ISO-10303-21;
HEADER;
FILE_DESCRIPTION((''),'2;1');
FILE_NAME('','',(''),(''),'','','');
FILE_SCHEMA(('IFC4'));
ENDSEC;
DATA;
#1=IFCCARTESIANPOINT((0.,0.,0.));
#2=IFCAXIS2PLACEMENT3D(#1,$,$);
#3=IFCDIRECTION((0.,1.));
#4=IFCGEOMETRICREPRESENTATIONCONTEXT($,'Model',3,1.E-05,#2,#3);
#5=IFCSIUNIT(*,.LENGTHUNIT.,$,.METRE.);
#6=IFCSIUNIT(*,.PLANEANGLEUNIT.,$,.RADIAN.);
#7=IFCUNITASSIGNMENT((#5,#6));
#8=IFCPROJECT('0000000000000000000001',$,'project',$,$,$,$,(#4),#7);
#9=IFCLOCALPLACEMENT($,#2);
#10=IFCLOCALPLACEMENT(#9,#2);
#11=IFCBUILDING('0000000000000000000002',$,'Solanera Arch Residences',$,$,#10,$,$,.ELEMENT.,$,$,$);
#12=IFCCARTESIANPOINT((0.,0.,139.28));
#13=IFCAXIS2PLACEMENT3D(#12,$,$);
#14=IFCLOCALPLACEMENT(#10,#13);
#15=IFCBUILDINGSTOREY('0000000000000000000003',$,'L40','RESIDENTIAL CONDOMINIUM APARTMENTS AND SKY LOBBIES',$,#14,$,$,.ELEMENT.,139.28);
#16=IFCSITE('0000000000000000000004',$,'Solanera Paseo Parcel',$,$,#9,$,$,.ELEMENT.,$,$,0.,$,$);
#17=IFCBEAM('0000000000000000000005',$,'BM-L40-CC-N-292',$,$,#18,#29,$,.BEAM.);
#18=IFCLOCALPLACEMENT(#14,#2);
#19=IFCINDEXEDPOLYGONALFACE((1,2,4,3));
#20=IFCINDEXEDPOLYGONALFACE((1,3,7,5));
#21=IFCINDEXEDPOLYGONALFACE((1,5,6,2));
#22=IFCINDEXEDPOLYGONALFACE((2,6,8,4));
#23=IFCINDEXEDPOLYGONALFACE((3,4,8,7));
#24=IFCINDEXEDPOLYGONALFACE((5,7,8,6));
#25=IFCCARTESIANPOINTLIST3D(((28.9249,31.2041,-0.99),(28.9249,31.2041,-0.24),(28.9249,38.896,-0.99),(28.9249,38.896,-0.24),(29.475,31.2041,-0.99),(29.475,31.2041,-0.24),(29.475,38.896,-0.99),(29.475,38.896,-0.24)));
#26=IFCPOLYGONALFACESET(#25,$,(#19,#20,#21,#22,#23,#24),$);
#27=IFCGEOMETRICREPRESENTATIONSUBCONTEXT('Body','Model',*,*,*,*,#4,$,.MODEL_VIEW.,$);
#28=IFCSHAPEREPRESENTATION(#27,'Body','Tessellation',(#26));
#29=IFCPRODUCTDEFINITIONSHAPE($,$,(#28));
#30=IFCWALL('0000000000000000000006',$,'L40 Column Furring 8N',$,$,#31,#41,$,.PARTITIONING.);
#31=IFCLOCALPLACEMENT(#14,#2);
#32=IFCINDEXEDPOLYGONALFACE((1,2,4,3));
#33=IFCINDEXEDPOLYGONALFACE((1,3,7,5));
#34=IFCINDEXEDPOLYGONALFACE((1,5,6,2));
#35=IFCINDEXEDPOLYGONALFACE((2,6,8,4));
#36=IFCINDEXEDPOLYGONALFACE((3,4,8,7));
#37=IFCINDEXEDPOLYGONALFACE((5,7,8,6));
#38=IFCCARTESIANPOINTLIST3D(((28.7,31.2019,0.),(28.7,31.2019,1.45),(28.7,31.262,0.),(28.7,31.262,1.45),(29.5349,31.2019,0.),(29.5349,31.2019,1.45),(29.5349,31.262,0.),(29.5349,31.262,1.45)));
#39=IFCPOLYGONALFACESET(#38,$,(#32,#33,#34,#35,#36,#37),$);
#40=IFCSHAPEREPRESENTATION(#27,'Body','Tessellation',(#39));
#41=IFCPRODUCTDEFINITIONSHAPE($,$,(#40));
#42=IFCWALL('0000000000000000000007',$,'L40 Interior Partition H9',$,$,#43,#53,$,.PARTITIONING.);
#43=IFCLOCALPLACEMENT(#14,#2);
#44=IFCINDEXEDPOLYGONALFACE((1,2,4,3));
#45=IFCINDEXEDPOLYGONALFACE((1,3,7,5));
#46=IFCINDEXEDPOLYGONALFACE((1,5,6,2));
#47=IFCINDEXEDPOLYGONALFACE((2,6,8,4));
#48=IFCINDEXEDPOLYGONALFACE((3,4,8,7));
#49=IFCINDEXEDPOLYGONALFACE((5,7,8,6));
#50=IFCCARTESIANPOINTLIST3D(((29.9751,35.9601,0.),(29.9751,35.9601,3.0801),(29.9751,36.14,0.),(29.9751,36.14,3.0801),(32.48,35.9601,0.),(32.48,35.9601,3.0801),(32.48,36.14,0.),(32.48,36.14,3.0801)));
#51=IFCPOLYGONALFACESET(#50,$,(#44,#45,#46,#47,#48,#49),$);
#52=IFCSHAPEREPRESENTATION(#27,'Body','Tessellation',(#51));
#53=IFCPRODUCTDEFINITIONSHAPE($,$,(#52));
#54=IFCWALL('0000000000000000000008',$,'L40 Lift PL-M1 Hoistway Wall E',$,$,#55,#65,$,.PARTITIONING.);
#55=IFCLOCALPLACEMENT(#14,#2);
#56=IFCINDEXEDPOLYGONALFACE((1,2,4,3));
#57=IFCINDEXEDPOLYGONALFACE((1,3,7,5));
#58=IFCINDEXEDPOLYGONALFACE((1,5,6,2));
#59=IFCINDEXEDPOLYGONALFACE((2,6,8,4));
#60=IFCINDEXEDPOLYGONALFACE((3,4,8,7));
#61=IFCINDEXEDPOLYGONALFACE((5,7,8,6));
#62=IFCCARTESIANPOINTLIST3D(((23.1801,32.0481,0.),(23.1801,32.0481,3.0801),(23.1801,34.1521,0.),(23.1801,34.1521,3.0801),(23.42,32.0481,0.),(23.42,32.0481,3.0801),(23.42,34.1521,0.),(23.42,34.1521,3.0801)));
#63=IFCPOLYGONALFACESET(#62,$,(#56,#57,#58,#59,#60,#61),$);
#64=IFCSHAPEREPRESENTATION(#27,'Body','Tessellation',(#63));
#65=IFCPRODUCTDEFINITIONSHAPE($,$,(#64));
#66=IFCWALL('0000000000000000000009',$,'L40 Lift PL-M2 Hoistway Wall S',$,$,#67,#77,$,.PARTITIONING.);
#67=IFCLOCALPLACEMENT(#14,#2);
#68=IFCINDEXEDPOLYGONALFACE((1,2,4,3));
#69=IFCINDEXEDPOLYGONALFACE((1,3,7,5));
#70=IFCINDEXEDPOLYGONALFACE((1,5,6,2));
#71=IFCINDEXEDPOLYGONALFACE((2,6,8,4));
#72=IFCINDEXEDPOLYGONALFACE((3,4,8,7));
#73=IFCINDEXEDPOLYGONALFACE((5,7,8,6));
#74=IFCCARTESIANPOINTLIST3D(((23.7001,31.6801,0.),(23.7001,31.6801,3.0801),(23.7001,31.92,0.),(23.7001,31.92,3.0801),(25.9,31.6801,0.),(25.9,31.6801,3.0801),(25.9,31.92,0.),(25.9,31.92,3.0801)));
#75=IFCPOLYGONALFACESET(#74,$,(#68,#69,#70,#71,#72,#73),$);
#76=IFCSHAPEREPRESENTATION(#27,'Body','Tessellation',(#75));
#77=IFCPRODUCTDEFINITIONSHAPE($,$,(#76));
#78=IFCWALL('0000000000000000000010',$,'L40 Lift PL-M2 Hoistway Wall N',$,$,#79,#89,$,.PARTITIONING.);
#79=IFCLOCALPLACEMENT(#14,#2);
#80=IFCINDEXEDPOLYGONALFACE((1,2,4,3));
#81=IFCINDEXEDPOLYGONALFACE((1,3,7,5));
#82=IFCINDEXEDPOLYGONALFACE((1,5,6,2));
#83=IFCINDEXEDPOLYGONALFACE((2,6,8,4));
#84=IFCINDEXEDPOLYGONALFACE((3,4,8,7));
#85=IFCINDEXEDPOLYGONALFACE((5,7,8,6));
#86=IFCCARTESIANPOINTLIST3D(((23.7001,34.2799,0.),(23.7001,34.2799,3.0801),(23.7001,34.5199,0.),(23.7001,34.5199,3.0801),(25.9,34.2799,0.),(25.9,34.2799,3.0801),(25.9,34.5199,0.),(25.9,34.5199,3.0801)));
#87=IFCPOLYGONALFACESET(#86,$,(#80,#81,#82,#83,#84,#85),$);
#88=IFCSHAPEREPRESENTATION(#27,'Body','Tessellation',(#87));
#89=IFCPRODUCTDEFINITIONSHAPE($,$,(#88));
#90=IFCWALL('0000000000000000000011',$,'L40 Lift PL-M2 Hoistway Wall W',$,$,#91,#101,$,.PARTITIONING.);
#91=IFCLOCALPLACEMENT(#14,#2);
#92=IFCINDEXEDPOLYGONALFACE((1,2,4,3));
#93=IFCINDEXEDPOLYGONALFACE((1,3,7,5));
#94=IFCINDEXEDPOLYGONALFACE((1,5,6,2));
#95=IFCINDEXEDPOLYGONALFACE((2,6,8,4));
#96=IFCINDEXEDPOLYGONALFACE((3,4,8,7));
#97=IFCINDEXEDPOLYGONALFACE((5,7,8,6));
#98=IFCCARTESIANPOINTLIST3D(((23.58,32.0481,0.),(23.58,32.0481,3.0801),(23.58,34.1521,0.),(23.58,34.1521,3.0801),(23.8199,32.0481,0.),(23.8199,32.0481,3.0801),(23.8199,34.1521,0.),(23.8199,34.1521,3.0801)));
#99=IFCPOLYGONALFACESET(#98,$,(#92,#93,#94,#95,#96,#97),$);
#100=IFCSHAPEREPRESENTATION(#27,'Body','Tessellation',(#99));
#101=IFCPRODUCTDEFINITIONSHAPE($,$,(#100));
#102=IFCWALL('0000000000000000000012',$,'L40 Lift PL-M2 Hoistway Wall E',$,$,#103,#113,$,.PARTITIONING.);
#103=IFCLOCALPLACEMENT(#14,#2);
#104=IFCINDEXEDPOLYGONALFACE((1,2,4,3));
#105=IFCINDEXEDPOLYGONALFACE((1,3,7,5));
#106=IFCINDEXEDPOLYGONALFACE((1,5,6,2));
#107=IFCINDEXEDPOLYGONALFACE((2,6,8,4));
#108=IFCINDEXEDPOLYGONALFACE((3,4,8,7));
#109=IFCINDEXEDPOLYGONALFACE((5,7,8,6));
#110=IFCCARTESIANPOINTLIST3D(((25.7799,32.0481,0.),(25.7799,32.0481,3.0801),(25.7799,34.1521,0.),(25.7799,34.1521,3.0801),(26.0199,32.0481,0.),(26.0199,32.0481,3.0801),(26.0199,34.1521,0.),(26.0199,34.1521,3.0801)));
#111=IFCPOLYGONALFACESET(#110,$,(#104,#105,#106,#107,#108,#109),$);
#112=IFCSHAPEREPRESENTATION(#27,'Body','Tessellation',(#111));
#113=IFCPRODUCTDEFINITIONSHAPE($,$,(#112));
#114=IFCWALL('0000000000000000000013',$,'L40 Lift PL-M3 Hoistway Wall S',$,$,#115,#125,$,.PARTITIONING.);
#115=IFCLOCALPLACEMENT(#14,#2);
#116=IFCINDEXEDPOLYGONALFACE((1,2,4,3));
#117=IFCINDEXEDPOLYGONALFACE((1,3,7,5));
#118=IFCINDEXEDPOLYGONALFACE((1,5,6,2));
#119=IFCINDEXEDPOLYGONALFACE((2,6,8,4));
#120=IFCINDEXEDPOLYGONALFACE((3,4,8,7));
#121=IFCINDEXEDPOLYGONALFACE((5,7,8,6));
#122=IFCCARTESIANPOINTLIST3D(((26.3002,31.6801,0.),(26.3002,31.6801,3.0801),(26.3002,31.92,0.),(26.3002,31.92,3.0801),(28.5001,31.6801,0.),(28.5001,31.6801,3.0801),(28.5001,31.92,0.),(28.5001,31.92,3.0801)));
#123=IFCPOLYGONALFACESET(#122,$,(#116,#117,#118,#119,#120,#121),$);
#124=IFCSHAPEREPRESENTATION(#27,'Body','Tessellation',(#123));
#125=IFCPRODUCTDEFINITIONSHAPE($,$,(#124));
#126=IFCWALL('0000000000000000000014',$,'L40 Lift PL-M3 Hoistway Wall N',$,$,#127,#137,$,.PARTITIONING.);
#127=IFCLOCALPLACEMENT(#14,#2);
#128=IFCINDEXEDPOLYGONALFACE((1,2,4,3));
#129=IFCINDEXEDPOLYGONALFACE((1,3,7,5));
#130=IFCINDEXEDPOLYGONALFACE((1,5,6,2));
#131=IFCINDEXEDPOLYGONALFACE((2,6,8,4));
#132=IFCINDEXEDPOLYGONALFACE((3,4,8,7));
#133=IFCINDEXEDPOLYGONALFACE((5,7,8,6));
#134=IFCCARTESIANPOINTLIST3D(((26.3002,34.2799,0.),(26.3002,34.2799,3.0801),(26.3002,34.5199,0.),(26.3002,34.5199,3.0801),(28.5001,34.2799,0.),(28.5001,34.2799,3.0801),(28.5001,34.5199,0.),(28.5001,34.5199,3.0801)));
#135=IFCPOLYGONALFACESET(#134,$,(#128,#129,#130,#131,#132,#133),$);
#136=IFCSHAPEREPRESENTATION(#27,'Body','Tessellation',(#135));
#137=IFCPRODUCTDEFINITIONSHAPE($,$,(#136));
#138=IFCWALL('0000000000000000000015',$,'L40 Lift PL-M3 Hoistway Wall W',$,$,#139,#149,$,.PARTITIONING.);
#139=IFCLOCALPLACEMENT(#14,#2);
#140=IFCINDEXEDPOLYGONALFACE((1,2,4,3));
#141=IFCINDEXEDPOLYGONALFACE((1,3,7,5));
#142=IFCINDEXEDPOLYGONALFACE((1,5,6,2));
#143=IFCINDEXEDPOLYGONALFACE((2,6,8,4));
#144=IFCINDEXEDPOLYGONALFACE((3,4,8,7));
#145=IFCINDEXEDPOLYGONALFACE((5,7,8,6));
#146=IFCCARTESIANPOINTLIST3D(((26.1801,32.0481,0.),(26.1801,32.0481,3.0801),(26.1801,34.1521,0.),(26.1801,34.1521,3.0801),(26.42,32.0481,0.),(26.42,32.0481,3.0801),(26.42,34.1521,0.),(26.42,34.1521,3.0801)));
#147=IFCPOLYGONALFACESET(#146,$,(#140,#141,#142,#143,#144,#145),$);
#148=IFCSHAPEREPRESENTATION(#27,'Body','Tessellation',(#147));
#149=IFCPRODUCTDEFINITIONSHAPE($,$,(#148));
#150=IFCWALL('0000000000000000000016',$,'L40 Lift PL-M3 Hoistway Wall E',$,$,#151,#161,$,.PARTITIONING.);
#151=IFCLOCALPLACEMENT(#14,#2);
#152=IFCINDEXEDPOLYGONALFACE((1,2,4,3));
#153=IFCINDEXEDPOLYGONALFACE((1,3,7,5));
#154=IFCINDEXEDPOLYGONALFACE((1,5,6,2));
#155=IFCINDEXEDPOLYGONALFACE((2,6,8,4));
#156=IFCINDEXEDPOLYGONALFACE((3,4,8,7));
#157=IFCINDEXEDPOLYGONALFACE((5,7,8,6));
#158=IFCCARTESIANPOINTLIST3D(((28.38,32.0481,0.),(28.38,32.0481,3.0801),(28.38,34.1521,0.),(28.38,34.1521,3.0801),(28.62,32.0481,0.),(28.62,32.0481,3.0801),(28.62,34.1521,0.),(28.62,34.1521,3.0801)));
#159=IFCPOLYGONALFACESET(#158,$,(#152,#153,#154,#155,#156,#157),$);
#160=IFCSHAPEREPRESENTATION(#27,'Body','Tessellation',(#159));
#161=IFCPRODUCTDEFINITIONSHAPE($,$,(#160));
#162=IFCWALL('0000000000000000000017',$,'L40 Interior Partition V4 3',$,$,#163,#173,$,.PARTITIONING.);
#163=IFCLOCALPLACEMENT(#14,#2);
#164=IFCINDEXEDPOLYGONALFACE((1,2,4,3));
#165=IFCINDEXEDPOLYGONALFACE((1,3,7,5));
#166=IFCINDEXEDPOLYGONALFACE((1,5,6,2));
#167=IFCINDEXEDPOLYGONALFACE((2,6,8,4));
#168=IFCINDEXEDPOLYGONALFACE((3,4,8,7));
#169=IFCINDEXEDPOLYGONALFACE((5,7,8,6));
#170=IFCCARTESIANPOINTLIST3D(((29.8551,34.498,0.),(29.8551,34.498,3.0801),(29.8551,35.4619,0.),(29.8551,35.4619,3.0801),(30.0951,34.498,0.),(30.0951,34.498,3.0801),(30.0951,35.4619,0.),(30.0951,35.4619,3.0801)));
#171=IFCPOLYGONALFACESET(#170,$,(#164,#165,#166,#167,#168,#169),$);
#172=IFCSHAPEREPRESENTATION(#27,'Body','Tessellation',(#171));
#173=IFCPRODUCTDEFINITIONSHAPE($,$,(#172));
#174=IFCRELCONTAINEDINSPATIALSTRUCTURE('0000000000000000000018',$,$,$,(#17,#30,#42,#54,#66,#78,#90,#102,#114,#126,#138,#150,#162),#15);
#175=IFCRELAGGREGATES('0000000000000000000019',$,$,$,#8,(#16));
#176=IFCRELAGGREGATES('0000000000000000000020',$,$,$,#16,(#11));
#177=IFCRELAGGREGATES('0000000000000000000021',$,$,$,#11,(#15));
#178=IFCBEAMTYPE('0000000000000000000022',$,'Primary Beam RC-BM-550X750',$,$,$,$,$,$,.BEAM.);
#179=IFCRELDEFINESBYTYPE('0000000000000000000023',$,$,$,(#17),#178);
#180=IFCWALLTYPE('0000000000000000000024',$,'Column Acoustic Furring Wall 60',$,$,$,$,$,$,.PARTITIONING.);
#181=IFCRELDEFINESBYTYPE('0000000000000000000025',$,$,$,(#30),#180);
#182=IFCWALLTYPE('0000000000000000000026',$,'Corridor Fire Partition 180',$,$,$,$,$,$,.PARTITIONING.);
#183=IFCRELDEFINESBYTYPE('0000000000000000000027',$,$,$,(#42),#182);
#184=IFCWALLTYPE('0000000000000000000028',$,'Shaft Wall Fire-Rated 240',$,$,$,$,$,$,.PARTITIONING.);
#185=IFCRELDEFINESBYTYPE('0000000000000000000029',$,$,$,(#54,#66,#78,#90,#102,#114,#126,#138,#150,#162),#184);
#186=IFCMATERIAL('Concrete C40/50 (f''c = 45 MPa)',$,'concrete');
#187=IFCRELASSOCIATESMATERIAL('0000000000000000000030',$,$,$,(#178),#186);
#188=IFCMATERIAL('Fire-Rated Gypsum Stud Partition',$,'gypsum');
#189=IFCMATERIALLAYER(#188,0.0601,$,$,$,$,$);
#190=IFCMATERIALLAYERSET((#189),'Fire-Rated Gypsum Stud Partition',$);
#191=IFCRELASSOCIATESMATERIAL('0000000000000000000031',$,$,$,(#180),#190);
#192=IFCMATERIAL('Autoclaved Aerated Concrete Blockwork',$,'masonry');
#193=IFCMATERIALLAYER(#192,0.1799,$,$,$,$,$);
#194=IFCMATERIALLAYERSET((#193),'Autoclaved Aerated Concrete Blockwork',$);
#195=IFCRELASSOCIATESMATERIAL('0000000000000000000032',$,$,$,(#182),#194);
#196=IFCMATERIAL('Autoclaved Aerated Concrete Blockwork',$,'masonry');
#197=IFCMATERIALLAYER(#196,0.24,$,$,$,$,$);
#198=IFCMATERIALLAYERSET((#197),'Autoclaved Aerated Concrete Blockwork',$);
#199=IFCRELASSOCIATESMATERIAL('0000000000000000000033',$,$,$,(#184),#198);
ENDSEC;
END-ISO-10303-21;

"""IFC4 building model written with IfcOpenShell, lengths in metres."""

from ifc_helpers import new_model, si_unit, direction, frame, frame_2d, origin, origin_2d, place, context, subcontext, project, spatial, rectangle, extrude, material, layer, layer_set, material_profile, profile_set, type_object, element, save


model = new_model("IFC4")

# Units and contexts
model_context = context("Model", 3, precision=1e-05, world=origin(), true_north=direction((0.0, 1.0)))
body_context = subcontext(model_context, "Body", "Model", "MODEL_VIEW")
ifc_project = project(units=[si_unit("LENGTHUNIT", "METRE"), si_unit("PLANEANGLEUNIT", "RADIAN")], contexts=[model_context])

# Site, building, storey
site_placement = place(None, origin())
site = spatial("IfcSite", under=ifc_project, at=site_placement, Name="Solanera Paseo Parcel", CompositionType="ELEMENT", RefElevation=0.0)
building_placement = place(site_placement, origin())
building = spatial("IfcBuilding", under=site, at=building_placement, Name="Solanera Arch Residences", CompositionType="ELEMENT")
storey_placement = place(building_placement, frame((0.0, 0.0, 139.28)))
storey = spatial("IfcBuildingStorey", under=building, at=storey_placement, Name="L40", Description="RESIDENTIAL CONDOMINIUM APARTMENTS AND SKY LOBBIES", CompositionType="ELEMENT", Elevation=139.28)

# Beam
ifc_material_1 = material(Name="Concrete C40/50 (f'c = 45 MPa)", Category="concrete")
ifc_material_profile = material_profile(ifc_material_1, rectangle(XDim=0.55, YDim=0.75, at=origin_2d()))
ifc_profile_set = profile_set([ifc_material_profile], Name="Concrete C40/50 (f'c = 45 MPa)")
beam_type = type_object("IfcBeamType", Name="Primary Beam RC-BM-550X750", PredefinedType="BEAM", material=ifc_profile_set)
beam_placement = place(storey_placement, frame((29.2, 31.2041, -0.615), z_axis=(0.0, 1.0, 0.0), x_axis=(-1.0, 0.0, 0.0)))
element("IfcBeam", 1, at=beam_placement, inside=storey, type_object=beam_type, Name="BM-L40-CC-N-292", PredefinedType="BEAM", context=body_context, shape_type="SweptSolid", body=[
    extrude(rectangle(XDim=0.55, YDim=0.75, at=origin_2d()), origin(), (0.0, 0.0, 1.0), 7.6919),
])

# Wall
ifc_material_2 = material(Name="Fire-Rated Gypsum Stud Partition", Category="gypsum")
ifc_layer_1 = layer(ifc_material_2, 0.0601)
ifc_layer_set_1 = layer_set([ifc_layer_1], Name="Fire-Rated Gypsum Stud Partition")
wall_type_1 = type_object("IfcWallType", Name="Column Acoustic Furring Wall 60", PredefinedType="PARTITIONING", material=ifc_layer_set_1)
wall_1_placement = place(storey_placement, frame((28.7, 31.2319, 0.0), z_axis=(0.0, 0.0, 1.0), x_axis=(1.0, 0.0, 0.0)))
element("IfcWall", 2, at=wall_1_placement, inside=storey, type_object=wall_type_1, Name="L40 Column Furring 8N", PredefinedType="PARTITIONING", context=body_context, shape_type="SweptSolid", body=[
    extrude(rectangle(XDim=0.835, YDim=0.0601, at=frame_2d((0.4175, 0.0))), origin(), (0.0, 0.0, 1.0), 1.45),
])

# Walls
ifc_material_3 = material(Name="Autoclaved Aerated Concrete Blockwork", Category="masonry")
ifc_layer_2 = layer(ifc_material_3, 0.1799)
ifc_layer_set_2 = layer_set([ifc_layer_2], Name="Autoclaved Aerated Concrete Blockwork")
wall_type_2 = type_object("IfcWallType", Name="Corridor Fire Partition 180", PredefinedType="PARTITIONING", material=ifc_layer_set_2)
wall_2_placement = place(storey_placement, frame((29.9751, 36.05, 0.0), z_axis=(0.0, 0.0, 1.0), x_axis=(1.0, 0.0, 0.0)))
element("IfcWall", 3, at=wall_2_placement, inside=storey, type_object=wall_type_2, Name="L40 Interior Partition H9", PredefinedType="PARTITIONING", context=body_context, shape_type="SweptSolid", body=[
    extrude(rectangle(XDim=2.5049, YDim=0.1799, at=frame_2d((1.2524, 0.0))), origin(), (0.0, 0.0, 1.0), 3.0801),
])
ifc_material_4 = material(Name="Autoclaved Aerated Concrete Blockwork", Category="masonry")
ifc_layer_3 = layer(ifc_material_4, 0.24)
ifc_layer_set_3 = layer_set([ifc_layer_3], Name="Autoclaved Aerated Concrete Blockwork")
wall_type_3 = type_object("IfcWallType", Name="Shaft Wall Fire-Rated 240", PredefinedType="PARTITIONING", material=ifc_layer_set_3)
wall_3_placement = place(storey_placement, frame((23.3, 32.0481, 0.0), z_axis=(0.0, 0.0, 1.0), x_axis=(0.0, 1.0, 0.0)))
element("IfcWall", 4, at=wall_3_placement, inside=storey, type_object=wall_type_3, Name="L40 Lift PL-M1 Hoistway Wall E", PredefinedType="PARTITIONING", context=body_context, shape_type="SweptSolid", body=[
    extrude(rectangle(XDim=2.104, YDim=0.24, at=frame_2d((1.052, 0.0))), origin(), (0.0, 0.0, 1.0), 3.0801),
])
for number, where, z_axis, x_axis, name in (
    (5, (23.7, 31.8, 0.0), (0.0, 0.0, 1.0), (1.0, 0.0, 0.0), "L40 Lift PL-M2 Hoistway Wall S"),
    (6, (23.7, 34.3999, 0.0), (0.0, 0.0, 1.0), (1.0, 0.0, 0.0), "L40 Lift PL-M2 Hoistway Wall N"),
):
    element("IfcWall", number, at=place(storey_placement, frame(where, z_axis=z_axis, x_axis=x_axis)), inside=storey, type_object=wall_type_3, Name=name, PredefinedType="PARTITIONING", context=body_context, shape_type="SweptSolid", body=[
        extrude(rectangle(XDim=2.2, YDim=0.24, at=frame_2d((1.1001, 0.0))), origin(), (0.0, 0.0, 1.0), 3.0801),
    ])
for number, where, z_axis, x_axis, name in (
    (7, (23.7, 32.0481, 0.0), (0.0, 0.0, 1.0), (0.0, 1.0, 0.0), "L40 Lift PL-M2 Hoistway Wall W"),
    (8, (25.8999, 32.0481, 0.0), (0.0, 0.0, 1.0), (0.0, 1.0, 0.0), "L40 Lift PL-M2 Hoistway Wall E"),
):
    element("IfcWall", number, at=place(storey_placement, frame(where, z_axis=z_axis, x_axis=x_axis)), inside=storey, type_object=wall_type_3, Name=name, PredefinedType="PARTITIONING", context=body_context, shape_type="SweptSolid", body=[
        extrude(rectangle(XDim=2.104, YDim=0.24, at=frame_2d((1.052, 0.0))), origin(), (0.0, 0.0, 1.0), 3.0801),
    ])
for number, where, z_axis, x_axis, name in (
    (9, (26.3, 31.8, 0.0), (0.0, 0.0, 1.0), (1.0, 0.0, 0.0), "L40 Lift PL-M3 Hoistway Wall S"),
    (10, (26.3, 34.3999, 0.0), (0.0, 0.0, 1.0), (1.0, 0.0, 0.0), "L40 Lift PL-M3 Hoistway Wall N"),
):
    element("IfcWall", number, at=place(storey_placement, frame(where, z_axis=z_axis, x_axis=x_axis)), inside=storey, type_object=wall_type_3, Name=name, PredefinedType="PARTITIONING", context=body_context, shape_type="SweptSolid", body=[
        extrude(rectangle(XDim=2.2, YDim=0.24, at=frame_2d((1.1001, 0.0))), origin(), (0.0, 0.0, 1.0), 3.0801),
    ])
for number, where, z_axis, x_axis, name in (
    (11, (26.3, 32.0481, 0.0), (0.0, 0.0, 1.0), (0.0, 1.0, 0.0), "L40 Lift PL-M3 Hoistway Wall W"),
    (12, (28.5, 32.0481, 0.0), (0.0, 0.0, 1.0), (0.0, 1.0, 0.0), "L40 Lift PL-M3 Hoistway Wall E"),
):
    element("IfcWall", number, at=place(storey_placement, frame(where, z_axis=z_axis, x_axis=x_axis)), inside=storey, type_object=wall_type_3, Name=name, PredefinedType="PARTITIONING", context=body_context, shape_type="SweptSolid", body=[
        extrude(rectangle(XDim=2.104, YDim=0.24, at=frame_2d((1.052, 0.0))), origin(), (0.0, 0.0, 1.0), 3.0801),
    ])

# Wall
wall_4_placement = place(storey_placement, frame((29.9751, 34.498, 0.0), z_axis=(0.0, 0.0, 1.0), x_axis=(0.0, 1.0, 0.0)))
element("IfcWall", 13, at=wall_4_placement, inside=storey, type_object=wall_type_3, Name="L40 Interior Partition V4 3", PredefinedType="PARTITIONING", context=body_context, shape_type="SweptSolid", body=[
    extrude(rectangle(XDim=0.9639, YDim=0.24, at=frame_2d((0.4819, 0.0))), origin(), (0.0, 0.0, 1.0), 3.0801),
])

save(model, "model.ifc")
